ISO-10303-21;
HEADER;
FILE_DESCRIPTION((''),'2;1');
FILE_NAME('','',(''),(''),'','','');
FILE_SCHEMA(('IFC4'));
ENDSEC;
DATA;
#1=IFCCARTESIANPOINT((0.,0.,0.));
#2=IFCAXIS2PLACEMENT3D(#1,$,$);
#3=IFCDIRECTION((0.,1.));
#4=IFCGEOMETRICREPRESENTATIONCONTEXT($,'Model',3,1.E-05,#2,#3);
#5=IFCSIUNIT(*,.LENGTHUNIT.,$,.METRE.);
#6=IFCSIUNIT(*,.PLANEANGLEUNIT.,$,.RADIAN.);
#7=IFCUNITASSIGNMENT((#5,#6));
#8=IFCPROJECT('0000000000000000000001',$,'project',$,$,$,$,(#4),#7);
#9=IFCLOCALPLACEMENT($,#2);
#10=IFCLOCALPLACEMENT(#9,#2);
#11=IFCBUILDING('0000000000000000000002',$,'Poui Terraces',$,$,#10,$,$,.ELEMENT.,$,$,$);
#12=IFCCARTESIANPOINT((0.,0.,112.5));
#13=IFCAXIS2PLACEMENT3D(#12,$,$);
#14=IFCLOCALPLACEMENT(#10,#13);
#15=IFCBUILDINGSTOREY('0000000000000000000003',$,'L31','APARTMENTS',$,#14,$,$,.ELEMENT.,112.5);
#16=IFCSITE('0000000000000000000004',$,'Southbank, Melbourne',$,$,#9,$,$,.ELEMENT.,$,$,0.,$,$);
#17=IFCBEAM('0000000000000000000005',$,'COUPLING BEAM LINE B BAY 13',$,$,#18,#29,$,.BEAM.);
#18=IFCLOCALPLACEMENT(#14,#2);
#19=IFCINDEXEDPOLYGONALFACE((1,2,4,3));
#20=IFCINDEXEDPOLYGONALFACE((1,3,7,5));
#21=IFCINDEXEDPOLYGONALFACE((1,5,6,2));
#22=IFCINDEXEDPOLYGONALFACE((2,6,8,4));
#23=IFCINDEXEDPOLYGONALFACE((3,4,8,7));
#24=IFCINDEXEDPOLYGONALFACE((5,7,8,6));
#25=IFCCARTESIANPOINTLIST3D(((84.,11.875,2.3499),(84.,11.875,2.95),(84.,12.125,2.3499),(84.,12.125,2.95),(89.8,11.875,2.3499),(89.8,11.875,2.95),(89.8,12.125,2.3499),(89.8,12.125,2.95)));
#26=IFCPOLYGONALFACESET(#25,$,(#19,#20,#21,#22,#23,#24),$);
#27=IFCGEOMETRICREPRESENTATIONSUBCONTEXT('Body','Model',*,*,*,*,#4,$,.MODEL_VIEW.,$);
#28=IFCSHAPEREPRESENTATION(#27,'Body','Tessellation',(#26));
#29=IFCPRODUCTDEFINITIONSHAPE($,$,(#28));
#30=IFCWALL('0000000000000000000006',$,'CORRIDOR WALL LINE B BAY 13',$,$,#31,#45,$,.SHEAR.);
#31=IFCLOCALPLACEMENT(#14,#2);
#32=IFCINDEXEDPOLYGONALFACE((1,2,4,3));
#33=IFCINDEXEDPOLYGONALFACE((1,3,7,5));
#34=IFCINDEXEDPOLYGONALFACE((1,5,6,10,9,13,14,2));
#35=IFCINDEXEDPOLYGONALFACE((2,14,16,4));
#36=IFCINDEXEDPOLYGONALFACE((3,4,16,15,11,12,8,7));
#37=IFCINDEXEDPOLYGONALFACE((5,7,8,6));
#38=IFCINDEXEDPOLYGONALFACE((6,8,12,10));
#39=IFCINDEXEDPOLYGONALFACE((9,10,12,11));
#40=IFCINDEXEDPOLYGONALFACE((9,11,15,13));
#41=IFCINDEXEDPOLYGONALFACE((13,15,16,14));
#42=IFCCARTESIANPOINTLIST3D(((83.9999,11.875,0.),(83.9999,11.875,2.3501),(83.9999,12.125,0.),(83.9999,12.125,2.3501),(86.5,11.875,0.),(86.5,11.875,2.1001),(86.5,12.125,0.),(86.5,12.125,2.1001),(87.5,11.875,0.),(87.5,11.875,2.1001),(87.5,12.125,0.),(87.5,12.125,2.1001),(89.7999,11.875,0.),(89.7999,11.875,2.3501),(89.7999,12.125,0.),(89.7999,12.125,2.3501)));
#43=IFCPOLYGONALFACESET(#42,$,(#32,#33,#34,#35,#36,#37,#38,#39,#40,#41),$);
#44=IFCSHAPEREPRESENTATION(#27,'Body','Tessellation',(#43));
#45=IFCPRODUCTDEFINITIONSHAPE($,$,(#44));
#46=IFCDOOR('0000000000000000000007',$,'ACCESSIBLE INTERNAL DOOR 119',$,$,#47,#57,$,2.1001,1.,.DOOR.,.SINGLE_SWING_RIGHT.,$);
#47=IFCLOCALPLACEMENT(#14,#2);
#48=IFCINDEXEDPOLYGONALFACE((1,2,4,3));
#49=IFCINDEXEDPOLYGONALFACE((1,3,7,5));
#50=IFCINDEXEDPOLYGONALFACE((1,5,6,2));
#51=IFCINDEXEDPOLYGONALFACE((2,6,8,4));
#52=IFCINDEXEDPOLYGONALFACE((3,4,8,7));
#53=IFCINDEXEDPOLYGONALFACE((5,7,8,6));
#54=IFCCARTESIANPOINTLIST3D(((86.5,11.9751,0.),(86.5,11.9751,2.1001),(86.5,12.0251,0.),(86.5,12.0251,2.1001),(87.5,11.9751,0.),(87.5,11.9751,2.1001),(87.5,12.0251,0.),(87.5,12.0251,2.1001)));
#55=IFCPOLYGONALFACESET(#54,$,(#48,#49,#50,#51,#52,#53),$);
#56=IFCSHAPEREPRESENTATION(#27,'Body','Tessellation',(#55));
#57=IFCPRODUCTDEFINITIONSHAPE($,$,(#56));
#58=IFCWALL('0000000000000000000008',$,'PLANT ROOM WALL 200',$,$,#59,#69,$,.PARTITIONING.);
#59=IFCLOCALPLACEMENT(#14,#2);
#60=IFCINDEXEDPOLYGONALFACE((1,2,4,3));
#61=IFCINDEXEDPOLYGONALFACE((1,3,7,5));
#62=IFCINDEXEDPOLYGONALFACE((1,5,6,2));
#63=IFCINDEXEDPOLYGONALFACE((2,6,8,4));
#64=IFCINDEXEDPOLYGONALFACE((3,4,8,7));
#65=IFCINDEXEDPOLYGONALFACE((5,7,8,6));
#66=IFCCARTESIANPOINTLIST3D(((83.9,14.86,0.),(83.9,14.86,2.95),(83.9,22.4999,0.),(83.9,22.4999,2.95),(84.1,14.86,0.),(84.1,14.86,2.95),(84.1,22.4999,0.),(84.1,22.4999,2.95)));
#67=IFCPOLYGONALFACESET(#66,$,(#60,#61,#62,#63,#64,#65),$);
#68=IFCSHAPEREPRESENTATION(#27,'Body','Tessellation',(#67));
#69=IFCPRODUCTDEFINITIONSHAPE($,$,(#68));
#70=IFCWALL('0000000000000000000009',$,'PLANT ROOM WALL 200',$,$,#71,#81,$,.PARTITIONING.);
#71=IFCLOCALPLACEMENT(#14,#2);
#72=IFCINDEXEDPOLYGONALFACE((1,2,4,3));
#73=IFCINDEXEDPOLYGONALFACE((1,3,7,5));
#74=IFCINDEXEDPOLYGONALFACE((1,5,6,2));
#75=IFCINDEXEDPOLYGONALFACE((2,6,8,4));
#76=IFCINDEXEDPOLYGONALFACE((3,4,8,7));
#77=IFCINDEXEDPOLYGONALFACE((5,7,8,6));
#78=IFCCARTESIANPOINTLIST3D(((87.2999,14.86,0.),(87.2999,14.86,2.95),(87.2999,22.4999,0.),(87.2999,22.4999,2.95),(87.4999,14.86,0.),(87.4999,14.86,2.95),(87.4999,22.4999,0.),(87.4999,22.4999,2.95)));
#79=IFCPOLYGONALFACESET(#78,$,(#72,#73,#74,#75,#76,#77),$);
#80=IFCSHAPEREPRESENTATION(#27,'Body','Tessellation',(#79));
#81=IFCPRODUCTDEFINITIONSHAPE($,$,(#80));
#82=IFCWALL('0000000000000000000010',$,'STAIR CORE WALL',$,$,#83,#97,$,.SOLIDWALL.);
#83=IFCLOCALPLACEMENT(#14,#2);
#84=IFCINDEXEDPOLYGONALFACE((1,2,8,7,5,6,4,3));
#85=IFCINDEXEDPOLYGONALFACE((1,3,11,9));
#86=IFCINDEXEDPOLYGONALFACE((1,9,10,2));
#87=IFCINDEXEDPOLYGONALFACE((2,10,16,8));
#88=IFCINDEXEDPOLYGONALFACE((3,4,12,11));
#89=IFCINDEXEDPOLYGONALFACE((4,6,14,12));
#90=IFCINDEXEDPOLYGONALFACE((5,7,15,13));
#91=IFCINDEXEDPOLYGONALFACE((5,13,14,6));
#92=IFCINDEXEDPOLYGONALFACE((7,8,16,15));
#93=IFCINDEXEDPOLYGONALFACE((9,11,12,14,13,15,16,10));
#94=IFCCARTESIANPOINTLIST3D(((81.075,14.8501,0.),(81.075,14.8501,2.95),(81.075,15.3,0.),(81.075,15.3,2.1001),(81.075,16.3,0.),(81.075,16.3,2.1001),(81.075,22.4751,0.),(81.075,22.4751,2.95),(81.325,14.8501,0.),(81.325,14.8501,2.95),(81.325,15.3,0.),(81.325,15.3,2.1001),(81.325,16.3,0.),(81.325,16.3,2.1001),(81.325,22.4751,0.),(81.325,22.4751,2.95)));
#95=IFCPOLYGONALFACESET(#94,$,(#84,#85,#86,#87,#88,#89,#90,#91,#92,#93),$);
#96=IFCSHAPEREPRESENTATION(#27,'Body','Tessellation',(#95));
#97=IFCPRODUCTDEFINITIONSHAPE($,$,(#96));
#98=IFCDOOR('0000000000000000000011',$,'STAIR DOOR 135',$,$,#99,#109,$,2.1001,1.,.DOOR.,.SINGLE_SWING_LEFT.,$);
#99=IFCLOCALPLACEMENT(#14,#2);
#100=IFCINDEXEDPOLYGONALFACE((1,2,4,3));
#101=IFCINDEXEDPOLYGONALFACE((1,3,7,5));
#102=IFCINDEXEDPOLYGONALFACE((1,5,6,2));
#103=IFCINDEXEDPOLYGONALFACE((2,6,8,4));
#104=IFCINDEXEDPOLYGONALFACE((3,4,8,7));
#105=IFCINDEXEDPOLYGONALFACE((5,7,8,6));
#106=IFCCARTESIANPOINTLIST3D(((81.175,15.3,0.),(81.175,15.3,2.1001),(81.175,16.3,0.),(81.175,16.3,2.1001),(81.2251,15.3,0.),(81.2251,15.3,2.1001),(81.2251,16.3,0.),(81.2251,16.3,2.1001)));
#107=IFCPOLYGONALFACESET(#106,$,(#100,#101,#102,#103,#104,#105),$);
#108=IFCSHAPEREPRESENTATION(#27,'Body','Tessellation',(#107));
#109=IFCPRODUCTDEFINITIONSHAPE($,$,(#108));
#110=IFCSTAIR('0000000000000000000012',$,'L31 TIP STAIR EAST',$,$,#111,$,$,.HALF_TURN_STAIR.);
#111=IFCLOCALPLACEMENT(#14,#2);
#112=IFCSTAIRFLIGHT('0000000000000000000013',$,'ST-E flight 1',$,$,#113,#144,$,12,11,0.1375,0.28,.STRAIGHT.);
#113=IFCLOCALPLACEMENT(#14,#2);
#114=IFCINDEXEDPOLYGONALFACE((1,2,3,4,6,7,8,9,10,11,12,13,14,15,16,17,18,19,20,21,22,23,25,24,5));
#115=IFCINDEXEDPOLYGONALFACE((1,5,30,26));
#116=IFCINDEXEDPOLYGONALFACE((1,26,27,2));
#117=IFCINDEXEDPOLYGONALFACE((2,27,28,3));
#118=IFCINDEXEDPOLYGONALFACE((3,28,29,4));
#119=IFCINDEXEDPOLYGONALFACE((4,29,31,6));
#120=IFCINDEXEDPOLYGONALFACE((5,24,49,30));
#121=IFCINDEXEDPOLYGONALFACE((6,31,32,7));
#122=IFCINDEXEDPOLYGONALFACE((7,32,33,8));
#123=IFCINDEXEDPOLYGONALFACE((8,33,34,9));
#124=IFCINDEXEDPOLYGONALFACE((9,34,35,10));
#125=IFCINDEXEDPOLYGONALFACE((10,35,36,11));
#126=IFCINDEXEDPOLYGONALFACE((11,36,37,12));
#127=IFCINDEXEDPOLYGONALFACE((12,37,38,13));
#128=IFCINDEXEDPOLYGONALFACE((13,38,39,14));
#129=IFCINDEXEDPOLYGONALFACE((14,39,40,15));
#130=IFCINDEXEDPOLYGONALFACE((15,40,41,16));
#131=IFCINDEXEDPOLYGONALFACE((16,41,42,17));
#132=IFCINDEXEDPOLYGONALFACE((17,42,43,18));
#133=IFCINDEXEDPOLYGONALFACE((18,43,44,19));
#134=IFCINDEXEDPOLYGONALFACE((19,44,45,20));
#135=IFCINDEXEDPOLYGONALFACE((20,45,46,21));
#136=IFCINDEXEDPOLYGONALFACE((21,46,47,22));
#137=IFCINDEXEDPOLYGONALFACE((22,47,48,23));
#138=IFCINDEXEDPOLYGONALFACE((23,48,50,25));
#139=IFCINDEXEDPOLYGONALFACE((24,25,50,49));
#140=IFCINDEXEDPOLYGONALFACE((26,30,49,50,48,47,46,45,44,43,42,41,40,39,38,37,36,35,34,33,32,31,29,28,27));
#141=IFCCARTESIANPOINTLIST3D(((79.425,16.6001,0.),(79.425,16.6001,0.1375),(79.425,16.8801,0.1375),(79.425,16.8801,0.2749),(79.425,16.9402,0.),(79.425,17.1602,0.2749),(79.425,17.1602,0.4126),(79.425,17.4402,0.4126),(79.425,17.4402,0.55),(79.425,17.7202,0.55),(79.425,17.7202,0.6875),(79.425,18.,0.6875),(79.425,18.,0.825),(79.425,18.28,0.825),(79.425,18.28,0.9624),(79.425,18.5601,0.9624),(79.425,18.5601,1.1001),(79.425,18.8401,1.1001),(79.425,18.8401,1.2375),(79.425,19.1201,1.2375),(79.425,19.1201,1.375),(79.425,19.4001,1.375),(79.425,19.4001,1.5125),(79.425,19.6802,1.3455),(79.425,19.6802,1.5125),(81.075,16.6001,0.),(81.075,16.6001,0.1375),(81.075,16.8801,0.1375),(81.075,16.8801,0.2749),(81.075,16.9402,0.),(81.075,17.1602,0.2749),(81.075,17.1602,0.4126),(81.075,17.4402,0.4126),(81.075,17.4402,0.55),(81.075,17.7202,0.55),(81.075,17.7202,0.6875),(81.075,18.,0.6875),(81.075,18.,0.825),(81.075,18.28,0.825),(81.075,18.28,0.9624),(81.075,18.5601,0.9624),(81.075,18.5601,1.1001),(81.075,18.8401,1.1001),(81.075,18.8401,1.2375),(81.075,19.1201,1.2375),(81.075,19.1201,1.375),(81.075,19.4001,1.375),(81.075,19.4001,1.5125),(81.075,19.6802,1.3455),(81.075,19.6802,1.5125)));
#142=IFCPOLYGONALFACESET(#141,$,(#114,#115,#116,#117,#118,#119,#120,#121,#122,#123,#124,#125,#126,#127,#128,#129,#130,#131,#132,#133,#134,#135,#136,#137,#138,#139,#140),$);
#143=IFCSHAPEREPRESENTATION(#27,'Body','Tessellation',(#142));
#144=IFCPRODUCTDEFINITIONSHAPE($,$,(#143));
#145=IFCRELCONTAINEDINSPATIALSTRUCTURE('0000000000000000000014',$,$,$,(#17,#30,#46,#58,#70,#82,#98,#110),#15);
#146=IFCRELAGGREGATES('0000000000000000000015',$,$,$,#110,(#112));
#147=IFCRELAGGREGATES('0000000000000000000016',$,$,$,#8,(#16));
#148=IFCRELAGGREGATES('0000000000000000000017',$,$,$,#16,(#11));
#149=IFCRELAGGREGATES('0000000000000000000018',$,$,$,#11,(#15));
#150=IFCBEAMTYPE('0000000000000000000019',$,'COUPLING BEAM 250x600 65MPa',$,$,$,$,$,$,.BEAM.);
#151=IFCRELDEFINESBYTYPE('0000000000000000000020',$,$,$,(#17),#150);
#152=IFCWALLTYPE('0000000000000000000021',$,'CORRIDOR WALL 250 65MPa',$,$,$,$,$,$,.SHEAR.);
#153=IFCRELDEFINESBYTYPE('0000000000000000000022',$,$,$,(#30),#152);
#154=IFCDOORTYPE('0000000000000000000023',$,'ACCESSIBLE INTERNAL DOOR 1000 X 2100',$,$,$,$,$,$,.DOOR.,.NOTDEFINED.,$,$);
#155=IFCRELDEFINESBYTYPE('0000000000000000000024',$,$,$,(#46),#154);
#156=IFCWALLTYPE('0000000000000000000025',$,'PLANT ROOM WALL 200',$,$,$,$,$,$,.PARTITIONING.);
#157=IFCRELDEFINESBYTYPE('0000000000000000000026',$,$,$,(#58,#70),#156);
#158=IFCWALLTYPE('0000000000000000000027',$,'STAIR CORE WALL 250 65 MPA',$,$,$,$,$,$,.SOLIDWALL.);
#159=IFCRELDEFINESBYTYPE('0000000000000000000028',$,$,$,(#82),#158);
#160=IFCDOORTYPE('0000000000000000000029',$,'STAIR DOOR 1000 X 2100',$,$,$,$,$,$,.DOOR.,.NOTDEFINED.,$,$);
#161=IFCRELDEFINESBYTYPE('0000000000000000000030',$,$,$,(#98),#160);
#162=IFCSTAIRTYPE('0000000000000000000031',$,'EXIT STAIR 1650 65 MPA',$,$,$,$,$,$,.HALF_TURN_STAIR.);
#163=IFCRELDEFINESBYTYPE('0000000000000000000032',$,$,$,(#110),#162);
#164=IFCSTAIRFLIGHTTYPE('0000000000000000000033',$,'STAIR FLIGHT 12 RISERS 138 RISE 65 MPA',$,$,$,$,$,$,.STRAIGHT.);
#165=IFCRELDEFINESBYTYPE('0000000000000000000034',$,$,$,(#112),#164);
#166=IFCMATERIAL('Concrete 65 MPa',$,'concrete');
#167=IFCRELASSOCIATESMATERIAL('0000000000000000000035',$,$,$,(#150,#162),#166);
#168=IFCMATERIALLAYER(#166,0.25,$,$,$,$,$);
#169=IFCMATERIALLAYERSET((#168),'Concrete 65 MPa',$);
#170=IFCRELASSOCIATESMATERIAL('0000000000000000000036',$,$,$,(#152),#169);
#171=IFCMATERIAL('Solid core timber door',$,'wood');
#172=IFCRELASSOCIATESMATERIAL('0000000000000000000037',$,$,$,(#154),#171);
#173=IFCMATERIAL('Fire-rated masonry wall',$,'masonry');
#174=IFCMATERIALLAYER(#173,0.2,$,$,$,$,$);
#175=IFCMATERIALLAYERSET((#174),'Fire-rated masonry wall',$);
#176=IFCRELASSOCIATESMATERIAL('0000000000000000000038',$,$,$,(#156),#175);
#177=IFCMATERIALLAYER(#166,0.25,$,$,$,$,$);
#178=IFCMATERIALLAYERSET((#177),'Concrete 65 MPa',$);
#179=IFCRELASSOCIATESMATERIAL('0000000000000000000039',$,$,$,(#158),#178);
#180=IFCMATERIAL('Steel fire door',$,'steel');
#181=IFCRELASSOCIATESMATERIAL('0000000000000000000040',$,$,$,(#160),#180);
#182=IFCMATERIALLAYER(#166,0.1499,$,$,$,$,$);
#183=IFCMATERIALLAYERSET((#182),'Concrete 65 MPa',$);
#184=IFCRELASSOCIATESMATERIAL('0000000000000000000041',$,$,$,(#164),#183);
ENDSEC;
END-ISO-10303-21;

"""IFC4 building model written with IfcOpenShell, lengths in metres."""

from ifc_helpers import new_model, si_unit, direction, frame, frame_2d, origin, origin_2d, place, context, subcontext, project, spatial, polyline, rectangle, outline, extrude, source, transform, mapped, material, layer, layer_set, material_profile, profile_set, type_object, element, fill, aggregate, save


model = new_model("IFC4")

# Units and contexts
model_context = context("Model", 3, precision=1e-05, world=origin(), true_north=direction((0.0, 1.0)))
body_context = subcontext(model_context, "Body", "Model", "MODEL_VIEW")
ifc_project = project(units=[si_unit("LENGTHUNIT", "METRE"), si_unit("PLANEANGLEUNIT", "RADIAN")], contexts=[model_context])

# Site, building, storey
site_placement = place(None, origin())
site = spatial("IfcSite", under=ifc_project, at=site_placement, Name="Southbank, Melbourne", CompositionType="ELEMENT", RefElevation=0.0)
building_placement = place(site_placement, origin())
building = spatial("IfcBuilding", under=site, at=building_placement, Name="Poui Terraces", CompositionType="ELEMENT")
storey_placement = place(building_placement, frame((0.0, 0.0, 112.5)))
storey = spatial("IfcBuildingStorey", under=building, at=storey_placement, Name="L31", Description="APARTMENTS", CompositionType="ELEMENT", Elevation=112.5)

# Beam
ifc_material_1 = material(Name="Concrete 65 MPa", Category="concrete")
ifc_material_profile = material_profile(ifc_material_1, rectangle(XDim=0.25, YDim=0.6001, at=origin_2d()), Name="RC 250x600")
ifc_profile_set = profile_set([ifc_material_profile], Name="Concrete 65 MPa")
beam_type = type_object("IfcBeamType", Name="COUPLING BEAM 250x600 65MPa", PredefinedType="BEAM", material=ifc_profile_set)
shared_shape = source(origin(), body_context, "Body", "SweptSolid", [
    extrude(rectangle(XDim=0.25, YDim=0.6001, at=origin_2d()), origin(), (0.0, 0.0, 1.0), 5.8),
])
beam_placement = place(storey_placement, frame((84.0, 12.0, 2.6499), z_axis=(1.0, 0.0, 0.0), x_axis=(0.0, 1.0, 0.0)))
element("IfcBeam", 1, at=beam_placement, inside=storey, type_object=beam_type, Name="COUPLING BEAM LINE B BAY 13", PredefinedType="BEAM", context=body_context, shape_type="MappedRepresentation", body=[
    mapped(shared_shape, transform((0.0, 0.0, 0.0))),
])

# Wall, opening, door
ifc_layer_1 = layer(ifc_material_1, 0.25)
ifc_layer_set_1 = layer_set([ifc_layer_1], Name="Concrete 65 MPa")
wall_type_1 = type_object("IfcWallType", Name="CORRIDOR WALL 250 65MPa", PredefinedType="SHEAR", material=ifc_layer_set_1)
wall_1_placement = place(storey_placement, frame((84.0, 12.0, 0.0), z_axis=(0.0, 0.0, 1.0), x_axis=(1.0, 0.0, 0.0)))
wall_1 = element("IfcWall", 2, at=wall_1_placement, inside=storey, type_object=wall_type_1, Name="CORRIDOR WALL LINE B BAY 13", PredefinedType="SHEAR", context=body_context, shape_type="SweptSolid", body=[
    extrude(rectangle(XDim=5.8, YDim=0.25, at=frame_2d((2.8999, 0.0))), origin(), (0.0, 0.0, 1.0), 2.3501),
])
opening_1_placement = place(wall_1_placement, frame((2.5, 0.0, 0.0)))
opening_1 = element("IfcOpeningElement", 3, at=opening_1_placement, cuts=wall_1, PredefinedType="OPENING", context=body_context, shape_type="SweptSolid", body=[
    extrude(rectangle(XDim=1.0, YDim=2.1001, at=frame_2d((0.5, 1.05))), frame((0.0, 0.135, 0.0), z_axis=(0.0, -1.0, 0.0), x_axis=(1.0, 0.0, 0.0)), (0.0, 0.0, 1.0), 0.27),
])
ifc_material_2 = material(Name="Solid core timber door", Category="wood")
door_type_1 = type_object("IfcDoorType", Name="ACCESSIBLE INTERNAL DOOR 1000 X 2100", OperationType="NOTDEFINED", PredefinedType="DOOR", material=ifc_material_2)
door_1_placement = place(opening_1_placement, frame((1.0, 0.0, 0.0), z_axis=(0.0, 0.0, 1.0), x_axis=(-1.0, 0.0, 0.0)))
door_1 = element("IfcDoor", 4, at=door_1_placement, inside=storey, type_object=door_type_1, Name="ACCESSIBLE INTERNAL DOOR 119", OperationType="SINGLE_SWING_RIGHT", OverallHeight=2.1001, OverallWidth=1.0, PredefinedType="DOOR", context=body_context, shape_type="SweptSolid", body=[
    extrude(rectangle(XDim=1.0, YDim=2.1001, at=frame_2d((0.5, 1.05))), frame((0.0, 0.0249, 0.0), z_axis=(0.0, -1.0, 0.0), x_axis=(1.0, 0.0, 0.0)), (0.0, 0.0, 1.0), 0.05),
])
fill(opening_1, door_1)

# Walls
ifc_material_3 = material(Name="Fire-rated masonry wall", Category="masonry")
ifc_layer_2 = layer(ifc_material_3, 0.2)
ifc_layer_set_2 = layer_set([ifc_layer_2], Name="Fire-rated masonry wall")
wall_type_2 = type_object("IfcWallType", Name="PLANT ROOM WALL 200", PredefinedType="PARTITIONING", material=ifc_layer_set_2)
for number, where, z_axis, x_axis, name in (
    (5, (84.0, 14.8601, 0.0), (0.0, 0.0, 1.0), (0.0, 1.0, 0.0), "PLANT ROOM WALL 200"),
    (6, (87.3999, 14.8601, 0.0), (0.0, 0.0, 1.0), (0.0, 1.0, 0.0), "PLANT ROOM WALL 200"),
):
    element("IfcWall", number, at=place(storey_placement, frame(where, z_axis=z_axis, x_axis=x_axis)), inside=storey, type_object=wall_type_2, Name=name, PredefinedType="PARTITIONING", context=body_context, shape_type="SweptSolid", body=[
        extrude(rectangle(XDim=7.6399, YDim=0.2, at=frame_2d((3.8198, 0.0))), origin(), (0.0, 0.0, 1.0), 2.95),
    ])

# Wall, opening, door
ifc_layer_3 = layer(ifc_material_1, 0.25)
ifc_layer_set_3 = layer_set([ifc_layer_3], Name="Concrete 65 MPa")
wall_type_3 = type_object("IfcWallType", Name="STAIR CORE WALL 250 65 MPA", PredefinedType="SOLIDWALL", material=ifc_layer_set_3)
wall_2_placement = place(storey_placement, frame((81.2, 14.8501, 0.0), z_axis=(0.0, 0.0, 1.0), x_axis=(0.0, 1.0, 0.0)))
wall_2 = element("IfcWall", 7, at=wall_2_placement, inside=storey, type_object=wall_type_3, Name="STAIR CORE WALL", PredefinedType="SOLIDWALL", context=body_context, shape_type="SweptSolid", body=[
    extrude(rectangle(XDim=7.625, YDim=0.25, at=frame_2d((3.8125, 0.0))), origin(), (0.0, 0.0, 1.0), 2.95),
])
opening_2_placement = place(wall_2_placement, frame((0.45, 0.0, 0.0)))
opening_2 = element("IfcOpeningElement", 8, at=opening_2_placement, cuts=wall_2, PredefinedType="OPENING", context=body_context, shape_type="SweptSolid", body=[
    extrude(rectangle(XDim=1.0, YDim=2.1001, at=frame_2d((0.5, 1.05))), frame((0.0, 0.135, 0.0), z_axis=(0.0, -1.0, 0.0), x_axis=(1.0, 0.0, 0.0)), (0.0, 0.0, 1.0), 0.27),
])
ifc_material_4 = material(Name="Steel fire door", Category="steel")
door_type_2 = type_object("IfcDoorType", Name="STAIR DOOR 1000 X 2100", OperationType="NOTDEFINED", PredefinedType="DOOR", material=ifc_material_4)
door_2_placement = place(opening_2_placement, origin())
door_2 = element("IfcDoor", 9, at=door_2_placement, inside=storey, type_object=door_type_2, Name="STAIR DOOR 135", OperationType="SINGLE_SWING_LEFT", OverallHeight=2.1001, OverallWidth=1.0, PredefinedType="DOOR", context=body_context, shape_type="SweptSolid", body=[
    extrude(rectangle(XDim=1.0, YDim=2.1001, at=frame_2d((0.5, 1.05))), frame((0.0, 0.0249, 0.0), z_axis=(0.0, -1.0, 0.0), x_axis=(1.0, 0.0, 0.0)), (0.0, 0.0, 1.0), 0.05),
])
fill(opening_2, door_2)

# Stair, stair flight
stair_type = type_object("IfcStairType", Name="EXIT STAIR 1650 65 MPA", PredefinedType="HALF_TURN_STAIR", material=ifc_material_1)
stair_placement = place(storey_placement, origin())
stair = element("IfcStair", 10, at=stair_placement, inside=storey, type_object=stair_type, Name="L31 TIP STAIR EAST", PredefinedType="HALF_TURN_STAIR")
ifc_layer_4 = layer(ifc_material_1, 0.1499)
ifc_layer_set_4 = layer_set([ifc_layer_4], Name="Concrete 65 MPa")
stair_flight_type = type_object("IfcStairFlightType", Name="STAIR FLIGHT 12 RISERS 138 RISE 65 MPA", PredefinedType="STRAIGHT", material=ifc_layer_set_4)
stair_flight_1_placement = place(storey_placement, frame((80.25, 16.6001, 0.0), z_axis=(0.0, 0.0, 1.0), x_axis=(0.0, 1.0, 0.0)))
stair_flight_1 = element("IfcStairFlight", 11, at=stair_flight_1_placement, type_object=stair_flight_type, Name="ST-E flight 1", NumberOfRisers=12, NumberOfTreads=11, PredefinedType="STRAIGHT", RiserHeight=0.1375, TreadLength=0.28, context=body_context, shape_type="SweptSolid", body=[
    extrude(outline(polyline([(0.0, 0.0), (0.0, 0.1375), (0.28, 0.1375), (0.28, 0.2749), (0.5601, 0.2749), (0.5601, 0.4126), (0.8401, 0.4126), (0.8401, 0.55), (1.1201, 0.55), (1.1201, 0.6875), (1.3999, 0.6875), (1.3999, 0.825), (1.6799, 0.825), (1.6799, 0.9624), (1.96, 0.9624), (1.96, 1.1001), (2.24, 1.1001), (2.24, 1.2375), (2.52, 1.2375), (2.52, 1.375), (2.8, 1.375), (2.8, 1.5125), (3.0801, 1.5125), (3.0801, 1.6499), (3.0801, 1.3455), (0.3401, 0.0), (0.0, 0.0)])), frame((0.0, 0.825, 0.0), z_axis=(0.0, -1.0, 0.0), x_axis=(1.0, 0.0, 0.0)), (0.0, 0.0, 1.0), 1.6499),
])
aggregate(stair, [stair_flight_1])

save(model, "model.ifc")
